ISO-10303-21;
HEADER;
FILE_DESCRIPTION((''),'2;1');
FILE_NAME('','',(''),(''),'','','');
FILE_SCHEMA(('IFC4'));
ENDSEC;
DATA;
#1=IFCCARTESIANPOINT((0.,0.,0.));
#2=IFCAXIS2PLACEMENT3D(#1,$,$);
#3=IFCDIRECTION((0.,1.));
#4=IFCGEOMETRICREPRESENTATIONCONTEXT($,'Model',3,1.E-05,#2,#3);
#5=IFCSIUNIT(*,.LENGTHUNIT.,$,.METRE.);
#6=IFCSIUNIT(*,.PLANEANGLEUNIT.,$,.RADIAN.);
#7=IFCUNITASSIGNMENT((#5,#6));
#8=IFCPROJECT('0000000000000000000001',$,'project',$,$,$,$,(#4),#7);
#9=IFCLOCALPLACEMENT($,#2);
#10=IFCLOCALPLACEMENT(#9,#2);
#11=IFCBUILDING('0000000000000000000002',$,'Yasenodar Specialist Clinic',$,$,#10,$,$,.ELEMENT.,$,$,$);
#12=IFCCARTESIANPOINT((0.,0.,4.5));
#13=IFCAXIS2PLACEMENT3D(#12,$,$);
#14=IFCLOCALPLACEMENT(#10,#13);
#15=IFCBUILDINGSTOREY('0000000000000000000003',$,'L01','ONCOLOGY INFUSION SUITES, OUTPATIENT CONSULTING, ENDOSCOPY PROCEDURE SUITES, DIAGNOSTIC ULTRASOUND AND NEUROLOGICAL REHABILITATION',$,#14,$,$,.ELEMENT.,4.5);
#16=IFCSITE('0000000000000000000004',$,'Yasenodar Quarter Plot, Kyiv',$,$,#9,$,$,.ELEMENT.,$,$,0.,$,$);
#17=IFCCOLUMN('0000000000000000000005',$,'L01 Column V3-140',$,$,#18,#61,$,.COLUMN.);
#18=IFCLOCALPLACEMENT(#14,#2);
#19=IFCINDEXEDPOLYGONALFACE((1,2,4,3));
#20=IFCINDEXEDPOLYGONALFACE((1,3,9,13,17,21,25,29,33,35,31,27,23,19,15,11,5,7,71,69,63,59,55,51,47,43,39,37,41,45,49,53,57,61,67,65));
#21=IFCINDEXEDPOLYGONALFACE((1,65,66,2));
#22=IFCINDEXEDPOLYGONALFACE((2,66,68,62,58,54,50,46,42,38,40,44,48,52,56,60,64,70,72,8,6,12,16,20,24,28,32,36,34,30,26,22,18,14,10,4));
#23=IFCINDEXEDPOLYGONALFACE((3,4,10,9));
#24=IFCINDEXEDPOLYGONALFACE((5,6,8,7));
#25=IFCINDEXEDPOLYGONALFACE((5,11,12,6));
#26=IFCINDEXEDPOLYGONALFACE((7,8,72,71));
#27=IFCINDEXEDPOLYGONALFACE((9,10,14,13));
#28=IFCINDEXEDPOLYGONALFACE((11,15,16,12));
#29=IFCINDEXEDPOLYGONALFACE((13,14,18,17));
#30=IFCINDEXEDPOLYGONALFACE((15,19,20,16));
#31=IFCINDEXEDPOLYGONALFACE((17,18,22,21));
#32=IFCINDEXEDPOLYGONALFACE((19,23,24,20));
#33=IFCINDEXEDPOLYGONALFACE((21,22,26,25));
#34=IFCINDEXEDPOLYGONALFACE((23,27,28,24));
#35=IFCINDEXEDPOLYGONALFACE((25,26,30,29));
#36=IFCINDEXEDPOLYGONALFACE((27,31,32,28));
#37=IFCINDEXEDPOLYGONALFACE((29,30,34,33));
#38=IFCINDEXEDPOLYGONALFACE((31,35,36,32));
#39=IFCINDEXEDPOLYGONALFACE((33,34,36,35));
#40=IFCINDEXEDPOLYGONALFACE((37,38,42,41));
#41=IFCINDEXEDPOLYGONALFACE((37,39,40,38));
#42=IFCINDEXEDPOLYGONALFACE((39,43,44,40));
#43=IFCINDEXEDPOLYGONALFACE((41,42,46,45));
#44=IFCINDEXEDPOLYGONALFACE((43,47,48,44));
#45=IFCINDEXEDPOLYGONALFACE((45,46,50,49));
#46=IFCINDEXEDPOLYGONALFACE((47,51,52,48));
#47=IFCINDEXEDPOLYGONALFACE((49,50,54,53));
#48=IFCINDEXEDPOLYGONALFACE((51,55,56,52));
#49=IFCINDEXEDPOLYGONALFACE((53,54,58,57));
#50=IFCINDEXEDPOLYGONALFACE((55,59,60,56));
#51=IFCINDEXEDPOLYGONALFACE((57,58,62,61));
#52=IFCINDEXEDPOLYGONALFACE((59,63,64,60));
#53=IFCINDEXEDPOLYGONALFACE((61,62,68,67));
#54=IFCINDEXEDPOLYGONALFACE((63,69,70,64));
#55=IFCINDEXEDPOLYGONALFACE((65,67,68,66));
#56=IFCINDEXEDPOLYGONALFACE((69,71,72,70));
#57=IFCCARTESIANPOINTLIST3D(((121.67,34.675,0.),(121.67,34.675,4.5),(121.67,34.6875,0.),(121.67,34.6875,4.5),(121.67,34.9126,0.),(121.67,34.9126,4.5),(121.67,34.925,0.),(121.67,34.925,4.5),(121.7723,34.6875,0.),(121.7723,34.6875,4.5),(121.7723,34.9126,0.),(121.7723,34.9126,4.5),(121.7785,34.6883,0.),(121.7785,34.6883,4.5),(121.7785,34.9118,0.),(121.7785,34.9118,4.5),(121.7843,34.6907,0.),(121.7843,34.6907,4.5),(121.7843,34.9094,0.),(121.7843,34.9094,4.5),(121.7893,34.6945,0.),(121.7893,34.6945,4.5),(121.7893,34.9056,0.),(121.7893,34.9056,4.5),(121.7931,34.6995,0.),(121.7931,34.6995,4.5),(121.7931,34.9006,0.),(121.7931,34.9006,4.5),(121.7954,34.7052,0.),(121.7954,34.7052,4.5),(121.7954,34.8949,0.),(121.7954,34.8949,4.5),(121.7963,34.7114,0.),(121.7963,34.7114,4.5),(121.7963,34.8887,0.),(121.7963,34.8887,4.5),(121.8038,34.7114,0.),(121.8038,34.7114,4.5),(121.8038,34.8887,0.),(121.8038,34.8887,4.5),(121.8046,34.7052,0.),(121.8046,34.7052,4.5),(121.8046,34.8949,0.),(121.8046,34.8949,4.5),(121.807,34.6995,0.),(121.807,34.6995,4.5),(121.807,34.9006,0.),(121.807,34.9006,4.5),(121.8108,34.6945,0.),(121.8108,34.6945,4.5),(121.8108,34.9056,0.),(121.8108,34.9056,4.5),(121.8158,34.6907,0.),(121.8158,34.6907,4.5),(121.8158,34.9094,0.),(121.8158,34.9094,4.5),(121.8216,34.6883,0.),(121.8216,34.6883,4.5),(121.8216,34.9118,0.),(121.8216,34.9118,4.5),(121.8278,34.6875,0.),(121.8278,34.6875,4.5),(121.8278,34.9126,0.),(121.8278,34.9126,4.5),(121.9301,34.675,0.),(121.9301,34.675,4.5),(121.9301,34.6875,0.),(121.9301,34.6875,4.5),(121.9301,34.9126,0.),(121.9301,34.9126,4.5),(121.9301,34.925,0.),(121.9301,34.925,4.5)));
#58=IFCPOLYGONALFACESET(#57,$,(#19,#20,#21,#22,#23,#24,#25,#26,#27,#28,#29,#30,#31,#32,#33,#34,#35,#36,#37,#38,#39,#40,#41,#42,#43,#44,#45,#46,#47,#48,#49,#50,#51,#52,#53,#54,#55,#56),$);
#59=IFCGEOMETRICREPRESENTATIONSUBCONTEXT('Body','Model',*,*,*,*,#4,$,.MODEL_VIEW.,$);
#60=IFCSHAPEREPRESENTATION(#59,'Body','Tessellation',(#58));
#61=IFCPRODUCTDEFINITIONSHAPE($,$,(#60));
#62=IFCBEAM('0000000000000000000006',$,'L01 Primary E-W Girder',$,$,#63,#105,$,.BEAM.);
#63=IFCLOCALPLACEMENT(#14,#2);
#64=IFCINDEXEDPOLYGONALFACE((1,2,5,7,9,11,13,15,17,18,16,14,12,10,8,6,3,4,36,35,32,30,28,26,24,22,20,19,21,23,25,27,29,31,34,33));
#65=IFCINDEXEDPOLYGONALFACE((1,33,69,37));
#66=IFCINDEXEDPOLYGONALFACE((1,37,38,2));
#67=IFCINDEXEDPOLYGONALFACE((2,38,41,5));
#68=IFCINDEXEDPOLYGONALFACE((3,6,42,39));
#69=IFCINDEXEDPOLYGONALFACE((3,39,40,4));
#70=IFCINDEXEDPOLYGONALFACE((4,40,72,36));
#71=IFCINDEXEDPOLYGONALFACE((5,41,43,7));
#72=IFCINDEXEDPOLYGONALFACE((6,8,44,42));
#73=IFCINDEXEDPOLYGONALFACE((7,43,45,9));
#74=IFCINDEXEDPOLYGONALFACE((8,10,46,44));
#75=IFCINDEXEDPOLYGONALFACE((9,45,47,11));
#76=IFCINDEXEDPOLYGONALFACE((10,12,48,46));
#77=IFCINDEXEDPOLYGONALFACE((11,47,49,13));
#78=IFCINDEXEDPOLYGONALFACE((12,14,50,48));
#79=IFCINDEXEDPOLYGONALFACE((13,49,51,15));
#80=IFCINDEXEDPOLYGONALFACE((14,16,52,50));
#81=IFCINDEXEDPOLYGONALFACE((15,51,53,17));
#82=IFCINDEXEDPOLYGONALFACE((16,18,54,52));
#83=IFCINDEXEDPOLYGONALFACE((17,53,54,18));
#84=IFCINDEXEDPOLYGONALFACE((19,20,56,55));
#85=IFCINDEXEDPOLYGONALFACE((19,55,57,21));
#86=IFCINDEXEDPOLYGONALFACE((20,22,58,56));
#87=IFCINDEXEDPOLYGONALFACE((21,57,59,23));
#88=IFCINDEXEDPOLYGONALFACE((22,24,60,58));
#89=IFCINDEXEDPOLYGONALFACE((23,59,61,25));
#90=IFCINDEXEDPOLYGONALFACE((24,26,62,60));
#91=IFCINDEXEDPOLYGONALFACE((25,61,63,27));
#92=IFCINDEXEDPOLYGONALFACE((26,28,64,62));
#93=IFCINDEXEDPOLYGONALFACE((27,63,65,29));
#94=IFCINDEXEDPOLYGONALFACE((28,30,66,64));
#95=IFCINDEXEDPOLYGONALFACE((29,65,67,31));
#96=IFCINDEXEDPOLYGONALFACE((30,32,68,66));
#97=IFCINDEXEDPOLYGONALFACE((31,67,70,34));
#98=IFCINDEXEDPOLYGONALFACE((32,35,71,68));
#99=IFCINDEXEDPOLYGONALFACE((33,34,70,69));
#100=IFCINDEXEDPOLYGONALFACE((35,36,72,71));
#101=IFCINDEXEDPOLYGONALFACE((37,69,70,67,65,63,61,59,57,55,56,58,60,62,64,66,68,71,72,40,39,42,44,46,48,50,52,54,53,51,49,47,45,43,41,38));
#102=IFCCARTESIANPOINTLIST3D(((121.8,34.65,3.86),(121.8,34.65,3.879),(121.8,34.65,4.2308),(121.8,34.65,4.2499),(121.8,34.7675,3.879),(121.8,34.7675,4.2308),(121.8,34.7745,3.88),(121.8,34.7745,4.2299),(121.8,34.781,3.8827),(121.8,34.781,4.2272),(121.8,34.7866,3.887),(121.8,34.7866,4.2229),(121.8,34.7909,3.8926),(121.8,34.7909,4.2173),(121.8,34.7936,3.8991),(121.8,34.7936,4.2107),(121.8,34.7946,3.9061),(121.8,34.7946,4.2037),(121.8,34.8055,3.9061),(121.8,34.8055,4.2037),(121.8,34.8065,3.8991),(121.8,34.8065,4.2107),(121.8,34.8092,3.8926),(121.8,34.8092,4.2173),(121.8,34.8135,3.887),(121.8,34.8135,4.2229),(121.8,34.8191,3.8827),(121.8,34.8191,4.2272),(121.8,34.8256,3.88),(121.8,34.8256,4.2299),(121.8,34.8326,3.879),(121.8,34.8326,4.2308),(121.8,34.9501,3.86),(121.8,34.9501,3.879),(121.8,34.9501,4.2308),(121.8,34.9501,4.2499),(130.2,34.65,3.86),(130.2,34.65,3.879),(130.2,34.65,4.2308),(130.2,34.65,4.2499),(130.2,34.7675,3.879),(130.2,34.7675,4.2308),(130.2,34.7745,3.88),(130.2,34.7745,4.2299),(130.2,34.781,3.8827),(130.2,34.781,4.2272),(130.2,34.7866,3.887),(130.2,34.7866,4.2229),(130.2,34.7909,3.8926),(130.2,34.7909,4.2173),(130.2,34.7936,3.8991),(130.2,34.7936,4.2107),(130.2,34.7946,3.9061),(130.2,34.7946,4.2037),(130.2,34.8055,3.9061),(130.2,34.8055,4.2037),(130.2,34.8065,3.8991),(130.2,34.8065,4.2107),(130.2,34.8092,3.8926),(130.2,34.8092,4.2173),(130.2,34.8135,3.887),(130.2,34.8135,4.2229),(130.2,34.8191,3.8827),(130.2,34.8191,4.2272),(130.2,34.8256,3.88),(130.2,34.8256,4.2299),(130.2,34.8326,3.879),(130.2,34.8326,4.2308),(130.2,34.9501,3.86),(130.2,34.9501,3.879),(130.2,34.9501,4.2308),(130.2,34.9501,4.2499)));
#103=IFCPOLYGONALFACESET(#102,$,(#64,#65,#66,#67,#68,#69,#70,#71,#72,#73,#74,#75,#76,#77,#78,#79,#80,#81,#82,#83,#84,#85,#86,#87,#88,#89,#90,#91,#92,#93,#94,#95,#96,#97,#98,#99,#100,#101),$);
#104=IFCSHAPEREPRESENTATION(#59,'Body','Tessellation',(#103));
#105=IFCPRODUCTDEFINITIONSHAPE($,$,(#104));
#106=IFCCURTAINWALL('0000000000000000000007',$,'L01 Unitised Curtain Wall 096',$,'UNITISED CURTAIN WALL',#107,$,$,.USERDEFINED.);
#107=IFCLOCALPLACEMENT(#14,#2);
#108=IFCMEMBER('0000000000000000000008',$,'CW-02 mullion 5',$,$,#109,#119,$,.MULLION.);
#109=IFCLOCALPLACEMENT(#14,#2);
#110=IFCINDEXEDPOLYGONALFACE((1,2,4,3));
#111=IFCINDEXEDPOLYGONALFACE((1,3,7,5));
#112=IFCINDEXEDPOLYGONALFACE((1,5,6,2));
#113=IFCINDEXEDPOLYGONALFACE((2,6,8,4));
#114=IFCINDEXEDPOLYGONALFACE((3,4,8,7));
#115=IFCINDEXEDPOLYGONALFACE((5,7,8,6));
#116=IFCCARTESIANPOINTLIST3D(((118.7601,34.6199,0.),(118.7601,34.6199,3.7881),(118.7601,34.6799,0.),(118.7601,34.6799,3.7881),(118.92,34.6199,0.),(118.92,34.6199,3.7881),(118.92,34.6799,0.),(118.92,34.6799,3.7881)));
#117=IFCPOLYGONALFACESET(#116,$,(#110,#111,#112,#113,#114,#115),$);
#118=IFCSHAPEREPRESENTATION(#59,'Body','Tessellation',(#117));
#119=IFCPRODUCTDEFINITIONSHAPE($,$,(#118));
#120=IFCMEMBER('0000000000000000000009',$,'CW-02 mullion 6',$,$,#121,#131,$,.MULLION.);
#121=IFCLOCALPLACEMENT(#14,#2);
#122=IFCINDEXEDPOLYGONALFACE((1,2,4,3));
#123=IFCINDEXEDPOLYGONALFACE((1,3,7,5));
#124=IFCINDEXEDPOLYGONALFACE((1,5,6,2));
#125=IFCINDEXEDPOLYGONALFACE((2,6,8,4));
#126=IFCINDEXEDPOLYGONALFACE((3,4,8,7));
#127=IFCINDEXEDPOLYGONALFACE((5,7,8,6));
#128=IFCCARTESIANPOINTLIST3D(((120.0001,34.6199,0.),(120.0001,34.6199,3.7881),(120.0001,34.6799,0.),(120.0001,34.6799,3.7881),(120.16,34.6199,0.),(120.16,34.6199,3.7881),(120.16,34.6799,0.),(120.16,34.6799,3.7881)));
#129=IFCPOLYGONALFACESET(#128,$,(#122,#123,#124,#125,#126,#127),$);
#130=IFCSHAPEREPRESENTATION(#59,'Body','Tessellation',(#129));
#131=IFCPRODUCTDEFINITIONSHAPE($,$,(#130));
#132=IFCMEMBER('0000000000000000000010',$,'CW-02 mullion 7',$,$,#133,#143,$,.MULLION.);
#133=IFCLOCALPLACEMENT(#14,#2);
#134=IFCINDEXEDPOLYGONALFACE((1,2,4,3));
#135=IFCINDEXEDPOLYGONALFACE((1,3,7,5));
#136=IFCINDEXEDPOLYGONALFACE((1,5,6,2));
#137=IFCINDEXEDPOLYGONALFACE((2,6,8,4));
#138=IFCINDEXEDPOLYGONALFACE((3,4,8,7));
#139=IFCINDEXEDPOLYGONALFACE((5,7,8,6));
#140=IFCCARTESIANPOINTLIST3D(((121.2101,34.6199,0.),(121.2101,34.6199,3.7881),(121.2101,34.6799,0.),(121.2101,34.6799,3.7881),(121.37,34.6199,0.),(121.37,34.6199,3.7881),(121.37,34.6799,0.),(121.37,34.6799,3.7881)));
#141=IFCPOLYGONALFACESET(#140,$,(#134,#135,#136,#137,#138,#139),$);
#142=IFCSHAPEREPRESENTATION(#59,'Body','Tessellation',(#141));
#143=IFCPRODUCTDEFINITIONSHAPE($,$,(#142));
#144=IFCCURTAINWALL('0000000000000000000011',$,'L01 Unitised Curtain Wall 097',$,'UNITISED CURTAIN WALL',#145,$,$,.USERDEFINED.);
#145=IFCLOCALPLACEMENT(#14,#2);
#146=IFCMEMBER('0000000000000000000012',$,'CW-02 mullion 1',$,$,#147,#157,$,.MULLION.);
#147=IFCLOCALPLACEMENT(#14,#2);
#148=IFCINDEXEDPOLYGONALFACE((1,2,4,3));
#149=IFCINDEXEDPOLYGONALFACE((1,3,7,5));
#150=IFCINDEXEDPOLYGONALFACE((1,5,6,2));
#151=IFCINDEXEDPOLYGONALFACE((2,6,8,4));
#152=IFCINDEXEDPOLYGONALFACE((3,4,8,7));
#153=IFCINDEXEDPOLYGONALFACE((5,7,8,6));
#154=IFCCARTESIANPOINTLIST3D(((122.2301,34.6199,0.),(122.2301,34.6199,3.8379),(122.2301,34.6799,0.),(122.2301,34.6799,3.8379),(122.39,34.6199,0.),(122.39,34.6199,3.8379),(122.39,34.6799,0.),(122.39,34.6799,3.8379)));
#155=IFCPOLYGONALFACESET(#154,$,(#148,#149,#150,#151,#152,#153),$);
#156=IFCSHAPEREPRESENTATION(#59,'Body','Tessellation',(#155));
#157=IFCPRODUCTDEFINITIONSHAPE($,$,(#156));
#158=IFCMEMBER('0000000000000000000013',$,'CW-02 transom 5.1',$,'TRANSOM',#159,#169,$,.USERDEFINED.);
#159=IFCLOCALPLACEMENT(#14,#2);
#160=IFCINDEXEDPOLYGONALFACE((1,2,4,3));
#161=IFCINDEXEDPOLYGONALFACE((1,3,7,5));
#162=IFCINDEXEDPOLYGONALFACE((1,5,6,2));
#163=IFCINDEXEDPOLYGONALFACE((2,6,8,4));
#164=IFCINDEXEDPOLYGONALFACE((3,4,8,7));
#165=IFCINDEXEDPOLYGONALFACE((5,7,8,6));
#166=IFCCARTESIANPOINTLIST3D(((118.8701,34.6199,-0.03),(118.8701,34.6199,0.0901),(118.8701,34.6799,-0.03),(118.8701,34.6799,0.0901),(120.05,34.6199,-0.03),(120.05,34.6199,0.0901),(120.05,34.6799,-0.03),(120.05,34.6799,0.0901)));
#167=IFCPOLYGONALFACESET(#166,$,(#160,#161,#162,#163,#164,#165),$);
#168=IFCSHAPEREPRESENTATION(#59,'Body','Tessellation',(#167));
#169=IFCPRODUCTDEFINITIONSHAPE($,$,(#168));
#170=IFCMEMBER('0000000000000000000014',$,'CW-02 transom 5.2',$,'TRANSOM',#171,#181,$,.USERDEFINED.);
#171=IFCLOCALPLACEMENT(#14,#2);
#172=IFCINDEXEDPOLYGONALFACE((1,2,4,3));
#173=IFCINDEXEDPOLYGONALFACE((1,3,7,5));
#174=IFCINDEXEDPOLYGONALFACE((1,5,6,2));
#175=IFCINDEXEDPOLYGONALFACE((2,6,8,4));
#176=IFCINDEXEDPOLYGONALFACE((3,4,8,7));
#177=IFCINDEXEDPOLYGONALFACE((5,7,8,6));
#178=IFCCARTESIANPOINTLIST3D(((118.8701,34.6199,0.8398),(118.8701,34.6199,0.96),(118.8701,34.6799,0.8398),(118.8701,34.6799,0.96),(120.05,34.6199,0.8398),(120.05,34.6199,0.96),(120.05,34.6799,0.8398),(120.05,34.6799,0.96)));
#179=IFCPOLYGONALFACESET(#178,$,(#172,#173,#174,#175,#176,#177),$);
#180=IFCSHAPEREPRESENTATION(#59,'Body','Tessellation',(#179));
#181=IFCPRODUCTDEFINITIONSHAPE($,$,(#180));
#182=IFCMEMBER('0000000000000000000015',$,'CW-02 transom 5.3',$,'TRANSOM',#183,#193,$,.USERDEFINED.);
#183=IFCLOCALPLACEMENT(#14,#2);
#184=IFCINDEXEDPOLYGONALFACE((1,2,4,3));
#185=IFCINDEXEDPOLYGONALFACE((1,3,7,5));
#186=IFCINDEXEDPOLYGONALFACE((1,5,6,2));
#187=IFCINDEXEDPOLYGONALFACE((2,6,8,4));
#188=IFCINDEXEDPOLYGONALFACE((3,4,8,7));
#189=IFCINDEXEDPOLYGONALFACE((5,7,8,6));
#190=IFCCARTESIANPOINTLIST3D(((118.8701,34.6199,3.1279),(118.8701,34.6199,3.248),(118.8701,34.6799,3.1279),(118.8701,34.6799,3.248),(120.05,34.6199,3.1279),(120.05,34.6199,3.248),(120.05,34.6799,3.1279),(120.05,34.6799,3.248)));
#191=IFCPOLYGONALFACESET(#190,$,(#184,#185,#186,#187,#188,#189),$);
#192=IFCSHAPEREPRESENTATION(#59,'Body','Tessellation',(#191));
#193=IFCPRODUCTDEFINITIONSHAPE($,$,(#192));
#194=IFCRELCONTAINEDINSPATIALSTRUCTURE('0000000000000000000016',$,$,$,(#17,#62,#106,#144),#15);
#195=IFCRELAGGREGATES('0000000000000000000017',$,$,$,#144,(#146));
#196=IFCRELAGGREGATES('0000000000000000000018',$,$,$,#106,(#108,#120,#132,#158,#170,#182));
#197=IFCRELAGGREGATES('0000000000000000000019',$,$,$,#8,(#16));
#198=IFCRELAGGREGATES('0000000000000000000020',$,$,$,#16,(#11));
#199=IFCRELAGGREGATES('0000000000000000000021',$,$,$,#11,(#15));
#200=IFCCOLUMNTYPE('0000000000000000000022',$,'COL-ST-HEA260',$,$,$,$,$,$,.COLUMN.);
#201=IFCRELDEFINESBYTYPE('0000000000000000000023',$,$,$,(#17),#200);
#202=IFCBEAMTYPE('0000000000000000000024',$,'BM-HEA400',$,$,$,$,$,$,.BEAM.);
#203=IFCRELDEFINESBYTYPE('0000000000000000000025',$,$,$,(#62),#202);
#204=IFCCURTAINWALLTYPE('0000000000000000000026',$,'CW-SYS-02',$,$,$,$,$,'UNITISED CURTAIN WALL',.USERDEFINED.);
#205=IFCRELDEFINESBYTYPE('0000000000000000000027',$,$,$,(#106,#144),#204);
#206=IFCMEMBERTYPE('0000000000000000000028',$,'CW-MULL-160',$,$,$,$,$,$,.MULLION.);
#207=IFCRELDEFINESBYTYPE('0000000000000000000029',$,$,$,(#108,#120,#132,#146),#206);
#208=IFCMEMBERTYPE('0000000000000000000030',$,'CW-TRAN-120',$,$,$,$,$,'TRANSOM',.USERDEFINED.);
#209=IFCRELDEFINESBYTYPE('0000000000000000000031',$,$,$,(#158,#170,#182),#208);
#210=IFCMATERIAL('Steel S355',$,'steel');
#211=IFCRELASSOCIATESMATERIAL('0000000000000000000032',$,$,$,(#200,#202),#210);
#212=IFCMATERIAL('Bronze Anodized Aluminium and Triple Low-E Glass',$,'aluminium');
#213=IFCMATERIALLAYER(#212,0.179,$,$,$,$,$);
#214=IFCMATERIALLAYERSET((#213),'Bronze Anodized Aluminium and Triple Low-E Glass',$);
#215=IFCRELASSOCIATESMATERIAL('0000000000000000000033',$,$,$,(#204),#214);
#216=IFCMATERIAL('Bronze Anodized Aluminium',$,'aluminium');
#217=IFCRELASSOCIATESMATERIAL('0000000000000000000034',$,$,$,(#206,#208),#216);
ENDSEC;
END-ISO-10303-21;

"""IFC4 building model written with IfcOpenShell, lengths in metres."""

from ifc_helpers import new_model, si_unit, direction, frame, origin, origin_2d, place, context, subcontext, project, spatial, rectangle, i_section, extrude, material, layer, layer_set, material_profile, profile_set, type_object, element, aggregate, save


model = new_model("IFC4")

# Units and contexts
model_context = context("Model", 3, precision=1e-05, world=origin(), true_north=direction((0.0, 1.0)))
body_context = subcontext(model_context, "Body", "Model", "MODEL_VIEW")
ifc_project = project(units=[si_unit("LENGTHUNIT", "METRE"), si_unit("PLANEANGLEUNIT", "RADIAN")], contexts=[model_context])

# Site, building, storey
site_placement = place(None, origin())
site = spatial("IfcSite", under=ifc_project, at=site_placement, Name="Yasenodar Quarter Plot, Kyiv", CompositionType="ELEMENT", RefElevation=0.0)
building_placement = place(site_placement, origin())
building = spatial("IfcBuilding", under=site, at=building_placement, Name="Yasenodar Specialist Clinic", CompositionType="ELEMENT")
storey_placement = place(building_placement, frame((0.0, 0.0, 4.5)))
storey = spatial("IfcBuildingStorey", under=building, at=storey_placement, Name="L01", Description="ONCOLOGY INFUSION SUITES, OUTPATIENT CONSULTING, ENDOSCOPY PROCEDURE SUITES, DIAGNOSTIC ULTRASOUND AND NEUROLOGICAL REHABILITATION", CompositionType="ELEMENT", Elevation=4.5)

# Column
ifc_material_1 = material(Name="Steel S355", Category="steel")
ifc_material_profile_1 = material_profile(ifc_material_1, i_section(OverallWidth=0.26, OverallDepth=0.25, WebThickness=0.0076, FlangeThickness=0.0125, FilletRadius=0.0239, at=origin_2d()), Name="HEA 260")
ifc_profile_set_1 = profile_set([ifc_material_profile_1], Name="Steel S355")
column_type = type_object("IfcColumnType", Name="COL-ST-HEA260", PredefinedType="COLUMN", material=ifc_profile_set_1)
column_placement = place(storey_placement, frame((121.8, 34.8, 0.0), z_axis=(0.0, 0.0, 1.0), x_axis=(1.0, 0.0, 0.0)))
element("IfcColumn", 1, at=column_placement, inside=storey, type_object=column_type, Name="L01 Column V3-140", PredefinedType="COLUMN", context=body_context, shape_type="SweptSolid", body=[
    extrude(i_section(OverallWidth=0.26, OverallDepth=0.25, WebThickness=0.0076, FlangeThickness=0.0125, FilletRadius=0.0239, at=origin_2d()), origin(), (0.0, 0.0, 1.0), 4.5),
])

# Beam
ifc_material_profile_2 = material_profile(ifc_material_1, i_section(OverallWidth=0.3, OverallDepth=0.3899, WebThickness=0.011, FlangeThickness=0.019, FilletRadius=0.0271, at=origin_2d()), Name="HEA 400")
ifc_profile_set_2 = profile_set([ifc_material_profile_2], Name="Steel S355")
beam_type = type_object("IfcBeamType", Name="BM-HEA400", PredefinedType="BEAM", material=ifc_profile_set_2)
beam_placement = place(storey_placement, frame((121.8, 34.8, 4.0549), z_axis=(1.0, 0.0, 0.0), x_axis=(0.0, 1.0, 0.0)))
element("IfcBeam", 2, at=beam_placement, inside=storey, type_object=beam_type, Name="L01 Primary E-W Girder", PredefinedType="BEAM", context=body_context, shape_type="SweptSolid", body=[
    extrude(i_section(OverallWidth=0.3, OverallDepth=0.3899, WebThickness=0.011, FlangeThickness=0.019, FilletRadius=0.0271, at=origin_2d()), origin(), (0.0, 0.0, 1.0), 8.3999),
])

# Curtain wall, members
ifc_material_2 = material(Name="Bronze Anodized Aluminium and Triple Low-E Glass", Category="aluminium")
ifc_layer_1 = layer(ifc_material_2, 0.179)
ifc_layer_set_1 = layer_set([ifc_layer_1], Name="Bronze Anodized Aluminium and Triple Low-E Glass")
curtain_wall_type = type_object("IfcCurtainWallType", Name="CW-SYS-02", ElementType="UNITISED CURTAIN WALL", PredefinedType="USERDEFINED", material=ifc_layer_set_1)
curtain_wall_1_placement = place(storey_placement, origin())
curtain_wall_1 = element("IfcCurtainWall", 3, at=curtain_wall_1_placement, inside=storey, type_object=curtain_wall_type, Name="L01 Unitised Curtain Wall 096", ObjectType="UNITISED CURTAIN WALL", PredefinedType="USERDEFINED")
ifc_material_3 = material(Name="Bronze Anodized Aluminium", Category="aluminium")
ifc_material_profile_3 = material_profile(ifc_material_3, rectangle(XDim=0.0601, YDim=0.1599, at=origin_2d()), Name="CW-MULL 60x160")
ifc_profile_set_3 = profile_set([ifc_material_profile_3], Name="Bronze Anodized Aluminium")
member_type_1 = type_object("IfcMemberType", Name="CW-MULL-160", PredefinedType="MULLION", material=ifc_profile_set_3)
member_1_placement = place(storey_placement, frame((118.8401, 34.6499, 0.0), z_axis=(0.0, 0.0, 1.0), x_axis=(0.0, 1.0, 0.0)))
member_1 = element("IfcMember", 4, at=member_1_placement, type_object=member_type_1, Name="CW-02 mullion 5", PredefinedType="MULLION", context=body_context, shape_type="SweptSolid", body=[
    extrude(rectangle(XDim=0.0601, YDim=0.1599, at=origin_2d()), origin(), (0.0, 0.0, 1.0), 3.7881),
])
member_2_placement = place(storey_placement, frame((120.0801, 34.6499, 0.0), z_axis=(0.0, 0.0, 1.0), x_axis=(0.0, 1.0, 0.0)))
member_2 = element("IfcMember", 5, at=member_2_placement, type_object=member_type_1, Name="CW-02 mullion 6", PredefinedType="MULLION", context=body_context, shape_type="SweptSolid", body=[
    extrude(rectangle(XDim=0.0601, YDim=0.1599, at=origin_2d()), origin(), (0.0, 0.0, 1.0), 3.7881),
])
member_3_placement = place(storey_placement, frame((121.29, 34.6499, 0.0), z_axis=(0.0, 0.0, 1.0), x_axis=(0.0, 1.0, 0.0)))
member_3 = element("IfcMember", 6, at=member_3_placement, type_object=member_type_1, Name="CW-02 mullion 7", PredefinedType="MULLION", context=body_context, shape_type="SweptSolid", body=[
    extrude(rectangle(XDim=0.0601, YDim=0.1599, at=origin_2d()), origin(), (0.0, 0.0, 1.0), 3.7881),
])

# Curtain wall, member
curtain_wall_2_placement = place(storey_placement, origin())
curtain_wall_2 = element("IfcCurtainWall", 7, at=curtain_wall_2_placement, inside=storey, type_object=curtain_wall_type, Name="L01 Unitised Curtain Wall 097", ObjectType="UNITISED CURTAIN WALL", PredefinedType="USERDEFINED")
member_4_placement = place(storey_placement, frame((122.3101, 34.6499, 0.0), z_axis=(0.0, 0.0, 1.0), x_axis=(0.0, 1.0, 0.0)))
member_4 = element("IfcMember", 8, at=member_4_placement, type_object=member_type_1, Name="CW-02 mullion 1", PredefinedType="MULLION", context=body_context, shape_type="SweptSolid", body=[
    extrude(rectangle(XDim=0.0601, YDim=0.1599, at=origin_2d()), origin(), (0.0, 0.0, 1.0), 3.8379),
])

# Members
ifc_material_profile_4 = material_profile(ifc_material_3, rectangle(XDim=0.0601, YDim=0.1201, at=origin_2d()), Name="CW-TRAN 60x120")
ifc_profile_set_4 = profile_set([ifc_material_profile_4], Name="Bronze Anodized Aluminium")
member_type_2 = type_object("IfcMemberType", Name="CW-TRAN-120", ElementType="TRANSOM", PredefinedType="USERDEFINED", material=ifc_profile_set_4)
member_5_placement = place(storey_placement, frame((118.8701, 34.6499, 0.03), z_axis=(1.0, 0.0, 0.0), x_axis=(0.0, 1.0, 0.0)))
member_5 = element("IfcMember", 9, at=member_5_placement, type_object=member_type_2, Name="CW-02 transom 5.1", ObjectType="TRANSOM", PredefinedType="USERDEFINED", context=body_context, shape_type="SweptSolid", body=[
    extrude(rectangle(XDim=0.0601, YDim=0.1201, at=origin_2d()), origin(), (0.0, 0.0, 1.0), 1.1799),
])
member_6_placement = place(storey_placement, frame((118.8701, 34.6499, 0.8999), z_axis=(1.0, 0.0, 0.0), x_axis=(0.0, 1.0, 0.0)))
member_6 = element("IfcMember", 10, at=member_6_placement, type_object=member_type_2, Name="CW-02 transom 5.2", ObjectType="TRANSOM", PredefinedType="USERDEFINED", context=body_context, shape_type="SweptSolid", body=[
    extrude(rectangle(XDim=0.0601, YDim=0.1201, at=origin_2d()), origin(), (0.0, 0.0, 1.0), 1.1799),
])
member_7_placement = place(storey_placement, frame((118.8701, 34.6499, 3.188), z_axis=(1.0, 0.0, 0.0), x_axis=(0.0, 1.0, 0.0)))
member_7 = element("IfcMember", 11, at=member_7_placement, type_object=member_type_2, Name="CW-02 transom 5.3", ObjectType="TRANSOM", PredefinedType="USERDEFINED", context=body_context, shape_type="SweptSolid", body=[
    extrude(rectangle(XDim=0.0601, YDim=0.1201, at=origin_2d()), origin(), (0.0, 0.0, 1.0), 1.1799),
])
aggregate(curtain_wall_2, [member_4])

aggregate(curtain_wall_1, [member_1, member_2, member_3, member_5, member_6, member_7])

save(model, "model.ifc")
